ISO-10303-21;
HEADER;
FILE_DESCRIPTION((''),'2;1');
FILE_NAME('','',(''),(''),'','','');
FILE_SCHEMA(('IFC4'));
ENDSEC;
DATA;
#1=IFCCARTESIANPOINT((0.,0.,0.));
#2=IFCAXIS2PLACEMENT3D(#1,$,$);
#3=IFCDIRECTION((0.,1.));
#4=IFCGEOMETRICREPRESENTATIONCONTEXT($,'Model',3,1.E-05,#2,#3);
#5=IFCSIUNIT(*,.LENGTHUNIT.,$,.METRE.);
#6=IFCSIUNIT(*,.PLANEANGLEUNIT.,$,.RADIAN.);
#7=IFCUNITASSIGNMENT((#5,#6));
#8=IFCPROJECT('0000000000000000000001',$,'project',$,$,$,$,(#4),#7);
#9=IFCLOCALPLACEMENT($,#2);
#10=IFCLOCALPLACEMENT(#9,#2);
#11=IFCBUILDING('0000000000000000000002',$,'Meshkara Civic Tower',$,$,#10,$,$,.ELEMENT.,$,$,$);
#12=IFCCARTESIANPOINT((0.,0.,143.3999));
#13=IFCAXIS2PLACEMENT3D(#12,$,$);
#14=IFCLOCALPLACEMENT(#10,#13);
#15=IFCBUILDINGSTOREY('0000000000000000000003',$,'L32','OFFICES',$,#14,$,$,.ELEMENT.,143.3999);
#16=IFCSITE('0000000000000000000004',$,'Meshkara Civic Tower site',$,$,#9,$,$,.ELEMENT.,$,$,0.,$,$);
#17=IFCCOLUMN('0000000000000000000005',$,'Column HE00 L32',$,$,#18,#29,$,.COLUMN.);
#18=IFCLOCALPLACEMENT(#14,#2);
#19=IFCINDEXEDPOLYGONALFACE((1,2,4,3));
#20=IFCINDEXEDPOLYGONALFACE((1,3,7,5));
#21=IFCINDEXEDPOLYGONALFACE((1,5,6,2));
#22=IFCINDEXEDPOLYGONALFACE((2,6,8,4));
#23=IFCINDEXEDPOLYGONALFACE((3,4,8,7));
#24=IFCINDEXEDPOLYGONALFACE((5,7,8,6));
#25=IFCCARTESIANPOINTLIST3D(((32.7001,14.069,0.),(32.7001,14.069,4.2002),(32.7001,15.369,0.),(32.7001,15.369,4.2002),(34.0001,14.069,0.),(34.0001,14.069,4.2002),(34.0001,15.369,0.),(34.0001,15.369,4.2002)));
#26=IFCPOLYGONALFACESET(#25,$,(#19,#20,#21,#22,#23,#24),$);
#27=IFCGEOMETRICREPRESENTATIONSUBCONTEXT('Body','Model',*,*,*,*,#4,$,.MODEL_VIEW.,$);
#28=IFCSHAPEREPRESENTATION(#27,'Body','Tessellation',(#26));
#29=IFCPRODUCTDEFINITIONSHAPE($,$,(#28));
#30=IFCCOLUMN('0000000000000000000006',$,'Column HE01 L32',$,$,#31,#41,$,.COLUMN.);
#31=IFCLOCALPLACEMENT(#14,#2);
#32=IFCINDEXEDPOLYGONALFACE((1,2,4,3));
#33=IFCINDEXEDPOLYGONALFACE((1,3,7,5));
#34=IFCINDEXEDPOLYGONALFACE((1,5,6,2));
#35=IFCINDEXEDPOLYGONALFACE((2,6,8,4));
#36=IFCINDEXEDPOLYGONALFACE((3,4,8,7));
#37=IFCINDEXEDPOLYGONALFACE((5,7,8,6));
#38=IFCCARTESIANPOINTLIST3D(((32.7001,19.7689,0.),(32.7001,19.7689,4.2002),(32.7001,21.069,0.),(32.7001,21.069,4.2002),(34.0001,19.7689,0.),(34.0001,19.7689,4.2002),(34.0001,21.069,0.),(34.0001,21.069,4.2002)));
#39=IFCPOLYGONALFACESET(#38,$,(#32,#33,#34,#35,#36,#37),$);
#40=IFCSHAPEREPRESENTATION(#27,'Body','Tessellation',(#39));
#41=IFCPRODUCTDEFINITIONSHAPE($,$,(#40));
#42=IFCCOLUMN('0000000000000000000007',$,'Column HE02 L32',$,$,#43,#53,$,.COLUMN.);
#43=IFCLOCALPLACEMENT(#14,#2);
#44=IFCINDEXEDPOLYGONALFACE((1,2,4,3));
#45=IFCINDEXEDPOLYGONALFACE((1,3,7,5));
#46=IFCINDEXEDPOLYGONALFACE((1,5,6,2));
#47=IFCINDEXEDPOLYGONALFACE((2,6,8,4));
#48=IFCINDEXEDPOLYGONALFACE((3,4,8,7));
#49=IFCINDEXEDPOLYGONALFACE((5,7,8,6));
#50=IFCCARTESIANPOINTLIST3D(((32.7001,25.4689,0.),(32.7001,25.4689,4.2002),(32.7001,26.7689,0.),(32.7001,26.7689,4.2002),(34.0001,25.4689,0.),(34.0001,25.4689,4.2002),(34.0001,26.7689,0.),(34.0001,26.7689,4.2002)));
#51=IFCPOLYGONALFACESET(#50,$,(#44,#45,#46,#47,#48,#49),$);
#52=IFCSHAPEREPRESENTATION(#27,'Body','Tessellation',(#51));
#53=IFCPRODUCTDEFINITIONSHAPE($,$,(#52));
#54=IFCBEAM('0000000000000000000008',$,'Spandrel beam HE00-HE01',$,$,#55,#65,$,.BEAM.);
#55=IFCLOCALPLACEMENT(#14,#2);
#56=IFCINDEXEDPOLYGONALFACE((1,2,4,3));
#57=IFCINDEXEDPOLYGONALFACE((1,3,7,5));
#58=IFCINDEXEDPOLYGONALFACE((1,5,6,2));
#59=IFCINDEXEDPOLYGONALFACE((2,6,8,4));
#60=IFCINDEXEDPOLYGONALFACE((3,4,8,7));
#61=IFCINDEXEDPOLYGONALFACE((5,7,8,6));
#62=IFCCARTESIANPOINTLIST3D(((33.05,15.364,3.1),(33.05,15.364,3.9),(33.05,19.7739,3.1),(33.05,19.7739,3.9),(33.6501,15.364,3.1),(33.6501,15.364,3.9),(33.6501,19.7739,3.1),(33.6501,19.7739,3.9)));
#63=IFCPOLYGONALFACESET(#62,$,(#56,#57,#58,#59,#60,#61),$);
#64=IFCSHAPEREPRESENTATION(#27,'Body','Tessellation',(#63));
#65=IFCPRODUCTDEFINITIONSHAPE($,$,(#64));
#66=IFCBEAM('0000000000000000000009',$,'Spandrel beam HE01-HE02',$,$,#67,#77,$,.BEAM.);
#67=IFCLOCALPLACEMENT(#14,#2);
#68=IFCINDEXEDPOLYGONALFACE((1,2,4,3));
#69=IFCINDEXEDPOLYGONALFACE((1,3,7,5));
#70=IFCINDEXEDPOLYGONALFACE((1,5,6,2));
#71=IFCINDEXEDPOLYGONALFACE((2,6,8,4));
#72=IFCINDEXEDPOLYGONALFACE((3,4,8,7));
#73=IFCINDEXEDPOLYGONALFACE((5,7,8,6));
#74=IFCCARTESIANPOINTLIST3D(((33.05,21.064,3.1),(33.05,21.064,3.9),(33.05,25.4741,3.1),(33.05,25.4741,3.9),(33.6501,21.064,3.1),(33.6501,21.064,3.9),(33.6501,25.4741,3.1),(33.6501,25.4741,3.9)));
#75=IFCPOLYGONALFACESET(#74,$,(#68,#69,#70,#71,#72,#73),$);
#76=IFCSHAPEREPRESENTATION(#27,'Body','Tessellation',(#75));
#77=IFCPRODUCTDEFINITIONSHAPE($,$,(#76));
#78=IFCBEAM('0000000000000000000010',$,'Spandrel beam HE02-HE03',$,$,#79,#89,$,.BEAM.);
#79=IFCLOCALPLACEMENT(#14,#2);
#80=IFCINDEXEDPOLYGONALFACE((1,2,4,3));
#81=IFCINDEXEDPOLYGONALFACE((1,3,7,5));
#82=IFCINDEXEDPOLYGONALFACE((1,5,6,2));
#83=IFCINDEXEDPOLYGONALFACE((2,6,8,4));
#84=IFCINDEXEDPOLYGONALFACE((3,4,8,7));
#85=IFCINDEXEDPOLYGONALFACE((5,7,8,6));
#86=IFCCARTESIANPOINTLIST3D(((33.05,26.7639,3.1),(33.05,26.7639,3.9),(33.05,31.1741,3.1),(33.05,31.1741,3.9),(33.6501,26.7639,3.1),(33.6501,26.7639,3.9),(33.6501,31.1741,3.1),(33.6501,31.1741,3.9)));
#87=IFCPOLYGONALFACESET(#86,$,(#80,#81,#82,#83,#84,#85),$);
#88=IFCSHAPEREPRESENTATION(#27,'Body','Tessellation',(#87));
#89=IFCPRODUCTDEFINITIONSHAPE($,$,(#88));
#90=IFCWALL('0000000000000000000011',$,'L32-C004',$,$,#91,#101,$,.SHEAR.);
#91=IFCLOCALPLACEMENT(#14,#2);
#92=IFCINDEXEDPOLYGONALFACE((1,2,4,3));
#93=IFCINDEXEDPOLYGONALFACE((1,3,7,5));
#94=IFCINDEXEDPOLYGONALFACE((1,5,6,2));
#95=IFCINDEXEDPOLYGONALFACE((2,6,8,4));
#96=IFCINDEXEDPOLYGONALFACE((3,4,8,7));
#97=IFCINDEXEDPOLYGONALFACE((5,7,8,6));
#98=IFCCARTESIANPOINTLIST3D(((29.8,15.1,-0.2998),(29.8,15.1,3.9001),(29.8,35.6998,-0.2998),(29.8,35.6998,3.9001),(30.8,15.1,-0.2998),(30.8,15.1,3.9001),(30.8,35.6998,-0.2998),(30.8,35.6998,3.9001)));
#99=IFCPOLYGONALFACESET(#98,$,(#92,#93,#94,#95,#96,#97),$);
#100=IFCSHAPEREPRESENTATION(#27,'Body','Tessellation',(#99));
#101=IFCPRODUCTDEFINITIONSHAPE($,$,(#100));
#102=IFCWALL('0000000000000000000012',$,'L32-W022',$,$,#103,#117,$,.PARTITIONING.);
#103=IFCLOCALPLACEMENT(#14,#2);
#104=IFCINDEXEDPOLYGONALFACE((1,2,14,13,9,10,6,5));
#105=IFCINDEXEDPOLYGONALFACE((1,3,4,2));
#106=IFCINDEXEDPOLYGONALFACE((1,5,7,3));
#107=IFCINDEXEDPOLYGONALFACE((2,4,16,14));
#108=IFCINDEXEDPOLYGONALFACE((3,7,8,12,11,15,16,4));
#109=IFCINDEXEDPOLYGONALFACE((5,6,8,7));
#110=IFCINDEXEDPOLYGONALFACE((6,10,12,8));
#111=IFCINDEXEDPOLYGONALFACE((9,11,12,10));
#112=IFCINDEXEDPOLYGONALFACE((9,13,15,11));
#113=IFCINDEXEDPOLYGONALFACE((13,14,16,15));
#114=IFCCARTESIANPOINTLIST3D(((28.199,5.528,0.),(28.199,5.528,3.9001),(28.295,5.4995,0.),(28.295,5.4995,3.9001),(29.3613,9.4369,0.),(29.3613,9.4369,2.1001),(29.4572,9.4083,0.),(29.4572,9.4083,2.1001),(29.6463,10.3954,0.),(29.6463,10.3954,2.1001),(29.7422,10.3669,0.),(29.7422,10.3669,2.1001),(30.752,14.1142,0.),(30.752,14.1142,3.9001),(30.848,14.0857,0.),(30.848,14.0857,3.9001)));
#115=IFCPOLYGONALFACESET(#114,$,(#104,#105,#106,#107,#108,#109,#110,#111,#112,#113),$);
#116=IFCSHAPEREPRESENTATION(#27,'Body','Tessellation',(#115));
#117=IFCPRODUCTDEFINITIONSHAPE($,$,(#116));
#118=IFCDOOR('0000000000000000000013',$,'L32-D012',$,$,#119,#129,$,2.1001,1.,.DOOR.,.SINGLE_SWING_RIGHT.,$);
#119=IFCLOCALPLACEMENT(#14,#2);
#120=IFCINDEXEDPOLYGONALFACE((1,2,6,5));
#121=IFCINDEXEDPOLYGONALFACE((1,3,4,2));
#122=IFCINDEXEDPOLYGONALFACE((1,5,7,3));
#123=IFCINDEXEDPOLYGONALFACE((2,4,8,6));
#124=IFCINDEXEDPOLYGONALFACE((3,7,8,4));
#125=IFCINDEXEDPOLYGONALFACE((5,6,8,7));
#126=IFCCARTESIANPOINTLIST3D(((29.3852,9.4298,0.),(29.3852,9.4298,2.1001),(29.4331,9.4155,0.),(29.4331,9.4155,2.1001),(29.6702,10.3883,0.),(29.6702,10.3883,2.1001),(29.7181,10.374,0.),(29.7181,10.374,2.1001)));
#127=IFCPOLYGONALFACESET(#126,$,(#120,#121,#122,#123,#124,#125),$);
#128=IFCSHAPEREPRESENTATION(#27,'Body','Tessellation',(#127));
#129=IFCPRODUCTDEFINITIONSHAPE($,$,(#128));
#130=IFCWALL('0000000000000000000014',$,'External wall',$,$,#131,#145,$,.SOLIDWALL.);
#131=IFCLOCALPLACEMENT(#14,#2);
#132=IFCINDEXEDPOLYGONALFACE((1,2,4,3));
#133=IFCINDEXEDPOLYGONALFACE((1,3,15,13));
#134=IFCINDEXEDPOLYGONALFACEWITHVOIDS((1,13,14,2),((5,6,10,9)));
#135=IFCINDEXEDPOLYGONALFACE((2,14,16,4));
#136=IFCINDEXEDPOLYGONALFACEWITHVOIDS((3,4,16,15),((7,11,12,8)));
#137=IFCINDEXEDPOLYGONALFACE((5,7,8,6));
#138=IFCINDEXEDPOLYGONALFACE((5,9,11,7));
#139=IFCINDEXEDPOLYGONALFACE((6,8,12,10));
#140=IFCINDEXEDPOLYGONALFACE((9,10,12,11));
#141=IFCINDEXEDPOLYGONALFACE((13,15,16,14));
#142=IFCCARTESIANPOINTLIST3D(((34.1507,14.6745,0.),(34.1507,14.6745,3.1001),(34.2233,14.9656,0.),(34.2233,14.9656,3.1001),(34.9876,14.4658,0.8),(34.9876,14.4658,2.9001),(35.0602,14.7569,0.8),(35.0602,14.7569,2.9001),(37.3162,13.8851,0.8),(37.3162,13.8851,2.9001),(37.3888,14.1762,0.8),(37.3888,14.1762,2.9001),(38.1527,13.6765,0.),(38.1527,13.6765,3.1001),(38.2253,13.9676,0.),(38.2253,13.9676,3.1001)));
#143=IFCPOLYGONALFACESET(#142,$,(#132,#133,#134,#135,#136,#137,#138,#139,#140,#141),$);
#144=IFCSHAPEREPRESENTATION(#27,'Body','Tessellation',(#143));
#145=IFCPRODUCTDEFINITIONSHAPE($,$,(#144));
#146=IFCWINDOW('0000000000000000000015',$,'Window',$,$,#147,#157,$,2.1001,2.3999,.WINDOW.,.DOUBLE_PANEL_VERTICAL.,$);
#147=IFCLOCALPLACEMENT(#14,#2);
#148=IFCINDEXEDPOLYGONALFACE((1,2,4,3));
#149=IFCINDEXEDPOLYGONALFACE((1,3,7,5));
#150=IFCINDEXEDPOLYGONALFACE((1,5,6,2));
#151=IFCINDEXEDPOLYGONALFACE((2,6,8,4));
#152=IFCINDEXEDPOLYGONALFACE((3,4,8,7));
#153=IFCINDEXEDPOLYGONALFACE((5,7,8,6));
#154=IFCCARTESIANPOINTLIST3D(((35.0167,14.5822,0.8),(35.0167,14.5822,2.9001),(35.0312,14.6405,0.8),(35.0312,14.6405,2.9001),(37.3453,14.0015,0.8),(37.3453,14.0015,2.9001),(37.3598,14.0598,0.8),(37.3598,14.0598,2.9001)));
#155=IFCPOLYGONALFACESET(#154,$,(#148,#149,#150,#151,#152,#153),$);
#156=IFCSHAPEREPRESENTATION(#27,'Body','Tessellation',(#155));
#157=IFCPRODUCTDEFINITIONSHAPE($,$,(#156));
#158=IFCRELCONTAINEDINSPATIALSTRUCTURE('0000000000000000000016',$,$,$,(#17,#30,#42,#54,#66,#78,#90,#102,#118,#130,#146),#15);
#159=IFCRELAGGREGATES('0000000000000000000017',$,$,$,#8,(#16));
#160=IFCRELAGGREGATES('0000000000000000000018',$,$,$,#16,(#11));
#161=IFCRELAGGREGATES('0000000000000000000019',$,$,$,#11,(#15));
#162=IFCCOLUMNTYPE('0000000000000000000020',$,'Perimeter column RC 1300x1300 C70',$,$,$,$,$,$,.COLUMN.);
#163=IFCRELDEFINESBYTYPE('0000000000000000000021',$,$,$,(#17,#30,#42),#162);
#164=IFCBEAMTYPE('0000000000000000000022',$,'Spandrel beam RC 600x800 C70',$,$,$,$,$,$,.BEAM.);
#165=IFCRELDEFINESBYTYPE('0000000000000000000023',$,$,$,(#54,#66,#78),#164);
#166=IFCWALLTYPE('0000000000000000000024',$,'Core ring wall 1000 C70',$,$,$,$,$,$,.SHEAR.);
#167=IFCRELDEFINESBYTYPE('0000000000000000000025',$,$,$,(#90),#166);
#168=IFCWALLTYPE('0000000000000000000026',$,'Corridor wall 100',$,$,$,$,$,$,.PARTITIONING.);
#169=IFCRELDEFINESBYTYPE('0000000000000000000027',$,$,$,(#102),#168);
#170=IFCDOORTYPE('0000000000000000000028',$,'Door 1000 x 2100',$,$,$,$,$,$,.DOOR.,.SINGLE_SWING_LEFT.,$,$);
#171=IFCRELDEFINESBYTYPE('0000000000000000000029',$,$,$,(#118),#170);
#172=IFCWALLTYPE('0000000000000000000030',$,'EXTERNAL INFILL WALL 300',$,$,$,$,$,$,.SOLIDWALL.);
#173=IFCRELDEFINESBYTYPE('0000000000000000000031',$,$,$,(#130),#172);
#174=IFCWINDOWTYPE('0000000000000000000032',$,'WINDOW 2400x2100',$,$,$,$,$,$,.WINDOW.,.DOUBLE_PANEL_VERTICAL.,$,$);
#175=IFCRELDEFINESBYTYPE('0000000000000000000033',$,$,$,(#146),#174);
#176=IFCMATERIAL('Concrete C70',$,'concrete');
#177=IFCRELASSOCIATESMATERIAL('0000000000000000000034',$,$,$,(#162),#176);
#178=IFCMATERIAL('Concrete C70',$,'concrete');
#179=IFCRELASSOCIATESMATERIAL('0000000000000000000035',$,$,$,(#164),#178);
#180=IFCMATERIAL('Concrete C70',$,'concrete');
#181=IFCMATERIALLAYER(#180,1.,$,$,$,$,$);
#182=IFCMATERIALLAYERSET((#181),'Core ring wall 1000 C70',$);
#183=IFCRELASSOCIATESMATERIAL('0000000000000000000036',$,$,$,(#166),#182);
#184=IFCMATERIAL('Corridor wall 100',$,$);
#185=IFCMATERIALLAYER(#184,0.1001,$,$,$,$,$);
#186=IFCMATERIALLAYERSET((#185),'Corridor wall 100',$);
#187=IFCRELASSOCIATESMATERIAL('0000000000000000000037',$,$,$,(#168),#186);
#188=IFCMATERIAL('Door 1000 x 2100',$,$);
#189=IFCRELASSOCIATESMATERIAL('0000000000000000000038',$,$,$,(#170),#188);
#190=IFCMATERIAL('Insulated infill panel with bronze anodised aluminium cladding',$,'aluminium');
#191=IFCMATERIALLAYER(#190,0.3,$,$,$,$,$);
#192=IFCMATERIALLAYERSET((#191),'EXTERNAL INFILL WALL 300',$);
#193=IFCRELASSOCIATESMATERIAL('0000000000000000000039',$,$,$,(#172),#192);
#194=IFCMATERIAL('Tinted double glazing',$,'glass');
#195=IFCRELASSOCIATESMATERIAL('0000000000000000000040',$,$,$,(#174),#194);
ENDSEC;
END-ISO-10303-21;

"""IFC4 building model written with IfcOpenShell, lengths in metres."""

from ifc_helpers import new_model, si_unit, direction, frame, frame_2d, origin, origin_2d, place, context, subcontext, project, spatial, rectangle, extrude, material, layer, layer_set, material_profile, profile_set, type_object, element, fill, save


model = new_model("IFC4")

# Units and contexts
model_context = context("Model", 3, precision=1e-05, world=origin(), true_north=direction((0.0, 1.0)))
body_context = subcontext(model_context, "Body", "Model", "MODEL_VIEW")
ifc_project = project(units=[si_unit("LENGTHUNIT", "METRE"), si_unit("PLANEANGLEUNIT", "RADIAN")], contexts=[model_context])

# Site, building, storey
site_placement = place(None, origin())
site = spatial("IfcSite", under=ifc_project, at=site_placement, Name="Meshkara Civic Tower site", CompositionType="ELEMENT", RefElevation=0.0)
building_placement = place(site_placement, origin())
building = spatial("IfcBuilding", under=site, at=building_placement, Name="Meshkara Civic Tower", CompositionType="ELEMENT")
storey_placement = place(building_placement, frame((0.0, 0.0, 143.3999)))
storey = spatial("IfcBuildingStorey", under=building, at=storey_placement, Name="L32", Description="OFFICES", CompositionType="ELEMENT", Elevation=143.3999)

# Columns
ifc_material_1 = material(Name="Concrete C70", Category="concrete")
ifc_material_profile_1 = material_profile(ifc_material_1, rectangle(XDim=1.3, YDim=1.3, at=origin_2d()))
ifc_profile_set_1 = profile_set([ifc_material_profile_1], Name="Concrete C70")
column_type = type_object("IfcColumnType", Name="Perimeter column RC 1300x1300 C70", PredefinedType="COLUMN", material=ifc_profile_set_1)
for number, where, z_axis, x_axis, name in (
    (1, (33.3501, 14.719, 0.0), (0.0, 0.0, 1.0), (1.0, 0.0, 0.0), "Column HE00 L32"),
    (2, (33.3501, 20.4189, 0.0), (0.0, 0.0, 1.0), (1.0, 0.0, 0.0), "Column HE01 L32"),
    (3, (33.3501, 26.1189, 0.0), (0.0, 0.0, 1.0), (1.0, 0.0, 0.0), "Column HE02 L32"),
):
    element("IfcColumn", number, at=place(storey_placement, frame(where, z_axis=z_axis, x_axis=x_axis)), inside=storey, type_object=column_type, Name=name, PredefinedType="COLUMN", context=body_context, shape_type="SweptSolid", body=[
        extrude(rectangle(XDim=1.3, YDim=1.3, at=origin_2d()), origin(), (0.0, 0.0, 1.0), 4.2002),
    ])

# Beams
ifc_material_2 = material(Name="Concrete C70", Category="concrete")
ifc_material_profile_2 = material_profile(ifc_material_2, rectangle(XDim=0.6001, YDim=0.8, at=origin_2d()))
ifc_profile_set_2 = profile_set([ifc_material_profile_2], Name="Concrete C70")
beam_type = type_object("IfcBeamType", Name="Spandrel beam RC 600x800 C70", PredefinedType="BEAM", material=ifc_profile_set_2)
beam_placement = place(storey_placement, frame((33.3501, 15.364, 3.5), z_axis=(0.0, 1.0, 0.0), x_axis=(-1.0, 0.0, 0.0)))
element("IfcBeam", 4, at=beam_placement, inside=storey, type_object=beam_type, Name="Spandrel beam HE00-HE01", PredefinedType="BEAM", context=body_context, shape_type="SweptSolid", body=[
    extrude(rectangle(XDim=0.6001, YDim=0.8, at=origin_2d()), origin(), (0.0, 0.0, 1.0), 4.4099),
])
for number, where, z_axis, x_axis, name in (
    (5, (33.3501, 21.064, 3.5), (0.0, 1.0, 0.0), (-1.0, 0.0, 0.0), "Spandrel beam HE01-HE02"),
    (6, (33.3501, 26.7639, 3.5), (0.0, 1.0, 0.0), (-1.0, 0.0, 0.0), "Spandrel beam HE02-HE03"),
):
    element("IfcBeam", number, at=place(storey_placement, frame(where, z_axis=z_axis, x_axis=x_axis)), inside=storey, type_object=beam_type, Name=name, PredefinedType="BEAM", context=body_context, shape_type="SweptSolid", body=[
        extrude(rectangle(XDim=0.6001, YDim=0.8, at=origin_2d()), origin(), (0.0, 0.0, 1.0), 4.4102),
    ])

# Wall
ifc_material_3 = material(Name="Concrete C70", Category="concrete")
ifc_layer_1 = layer(ifc_material_3, 1.0)
ifc_layer_set_1 = layer_set([ifc_layer_1], Name="Core ring wall 1000 C70")
wall_type_1 = type_object("IfcWallType", Name="Core ring wall 1000 C70", PredefinedType="SHEAR", material=ifc_layer_set_1)
wall_1_placement = place(storey_placement, frame((30.3, 15.1001, -0.2998), z_axis=(0.0, 0.0, 1.0), x_axis=(0.0, 1.0, 0.0)))
element("IfcWall", 7, at=wall_1_placement, inside=storey, type_object=wall_type_1, Name="L32-C004", PredefinedType="SHEAR", context=body_context, shape_type="SweptSolid", body=[
    extrude(rectangle(XDim=20.5999, YDim=1.0, at=frame_2d((10.2998, 0.0))), origin(), (0.0, 0.0, 1.0), 4.2),
])

# Wall, opening, door
ifc_material_4 = material(Name="Corridor wall 100")
ifc_layer_2 = layer(ifc_material_4, 0.1001)
ifc_layer_set_2 = layer_set([ifc_layer_2], Name="Corridor wall 100")
wall_type_2 = type_object("IfcWallType", Name="Corridor wall 100", PredefinedType="PARTITIONING", material=ifc_layer_set_2)
wall_2_placement = place(storey_placement, frame((30.8, 14.1001, 0.0), z_axis=(0.0, 0.0, 1.0), x_axis=(-0.285004, -0.958526, 0.0)))
wall_2 = element("IfcWall", 8, at=wall_2_placement, inside=storey, type_object=wall_type_2, Name="L32-W022", PredefinedType="PARTITIONING", context=body_context, shape_type="SweptSolid", body=[
    extrude(rectangle(XDim=8.9578, YDim=0.1001, at=frame_2d((4.479, 0.0))), origin(), (0.0, 0.0, 1.0), 3.9001),
])
opening_1_placement = place(wall_2_placement, frame((3.8799, 0.0, 0.0)))
opening_1 = element("IfcOpeningElement", 9, at=opening_1_placement, cuts=wall_2, PredefinedType="OPENING", context=body_context, shape_type="SweptSolid", body=[
    extrude(rectangle(XDim=1.0, YDim=2.1001, at=frame_2d((0.5, 1.05))), frame((0.0, 0.0601, 0.0), z_axis=(0.0, -1.0, 0.0), x_axis=(1.0, 0.0, 0.0)), (0.0, 0.0, 1.0), 0.1201),
])
ifc_material_5 = material(Name="Door 1000 x 2100")
door_type_1 = type_object("IfcDoorType", Name="Door 1000 x 2100", OperationType="SINGLE_SWING_LEFT", PredefinedType="DOOR", material=ifc_material_5)
door_1_placement = place(opening_1_placement, origin())
door_1 = element("IfcDoor", 10, at=door_1_placement, inside=storey, type_object=door_type_1, Name="L32-D012", OperationType="SINGLE_SWING_RIGHT", OverallHeight=2.1001, OverallWidth=1.0, PredefinedType="DOOR", context=body_context, shape_type="SweptSolid", body=[
    extrude(rectangle(XDim=1.0, YDim=2.1001, at=frame_2d((0.5, 1.05))), frame((0.0, 0.0249, 0.0), z_axis=(0.0, -1.0, 0.0), x_axis=(1.0, 0.0, 0.0)), (0.0, 0.0, 1.0), 0.05),
])
fill(opening_1, door_1)

# Wall, opening, window
ifc_material_6 = material(Name="Insulated infill panel with bronze anodised aluminium cladding", Category="aluminium")
ifc_layer_3 = layer(ifc_material_6, 0.3)
ifc_layer_set_3 = layer_set([ifc_layer_3], Name="EXTERNAL INFILL WALL 300")
wall_type_3 = type_object("IfcWallType", Name="EXTERNAL INFILL WALL 300", PredefinedType="SOLIDWALL", material=ifc_layer_set_3)
wall_3_placement = place(storey_placement, frame((38.189, 13.822, 0.0), z_axis=(0.0, 0.0, 1.0), x_axis=(-0.970282, 0.241978, 0.0)))
wall_3 = element("IfcWall", 11, at=wall_3_placement, inside=storey, type_object=wall_type_3, Name="External wall", PredefinedType="SOLIDWALL", context=body_context, shape_type="SweptSolid", body=[
    extrude(rectangle(XDim=4.1245, YDim=0.3, at=frame_2d((2.0623, 0.0))), origin(), (0.0, 0.0, 1.0), 3.1001),
])
opening_2_placement = place(wall_3_placement, frame((0.8621, 0.0, 0.8)))
opening_2 = element("IfcOpeningElement", 12, at=opening_2_placement, cuts=wall_3, PredefinedType="OPENING", context=body_context, shape_type="SweptSolid", body=[
    extrude(rectangle(XDim=2.3999, YDim=2.1001, at=frame_2d((1.2, 1.05))), frame((0.0, 0.1599, 0.0), z_axis=(0.0, -1.0, 0.0), x_axis=(1.0, 0.0, 0.0)), (0.0, 0.0, 1.0), 0.3201),
])
ifc_material_7 = material(Name="Tinted double glazing", Category="glass")
window_type = type_object("IfcWindowType", Name="WINDOW 2400x2100", PartitioningType="DOUBLE_PANEL_VERTICAL", PredefinedType="WINDOW", material=ifc_material_7)
window_1_placement = place(opening_2_placement, origin())
window_1 = element("IfcWindow", 13, at=window_1_placement, inside=storey, type_object=window_type, Name="Window", OverallHeight=2.1001, OverallWidth=2.3999, PartitioningType="DOUBLE_PANEL_VERTICAL", PredefinedType="WINDOW", context=body_context, shape_type="SweptSolid", body=[
    extrude(rectangle(XDim=2.3999, YDim=2.1001, at=frame_2d((1.2, 1.05))), frame((0.0, 0.03, 0.0), z_axis=(0.0, -1.0, 0.0), x_axis=(1.0, 0.0, 0.0)), (0.0, 0.0, 1.0), 0.0601),
])
fill(opening_2, window_1)

save(model, "model.ifc")
